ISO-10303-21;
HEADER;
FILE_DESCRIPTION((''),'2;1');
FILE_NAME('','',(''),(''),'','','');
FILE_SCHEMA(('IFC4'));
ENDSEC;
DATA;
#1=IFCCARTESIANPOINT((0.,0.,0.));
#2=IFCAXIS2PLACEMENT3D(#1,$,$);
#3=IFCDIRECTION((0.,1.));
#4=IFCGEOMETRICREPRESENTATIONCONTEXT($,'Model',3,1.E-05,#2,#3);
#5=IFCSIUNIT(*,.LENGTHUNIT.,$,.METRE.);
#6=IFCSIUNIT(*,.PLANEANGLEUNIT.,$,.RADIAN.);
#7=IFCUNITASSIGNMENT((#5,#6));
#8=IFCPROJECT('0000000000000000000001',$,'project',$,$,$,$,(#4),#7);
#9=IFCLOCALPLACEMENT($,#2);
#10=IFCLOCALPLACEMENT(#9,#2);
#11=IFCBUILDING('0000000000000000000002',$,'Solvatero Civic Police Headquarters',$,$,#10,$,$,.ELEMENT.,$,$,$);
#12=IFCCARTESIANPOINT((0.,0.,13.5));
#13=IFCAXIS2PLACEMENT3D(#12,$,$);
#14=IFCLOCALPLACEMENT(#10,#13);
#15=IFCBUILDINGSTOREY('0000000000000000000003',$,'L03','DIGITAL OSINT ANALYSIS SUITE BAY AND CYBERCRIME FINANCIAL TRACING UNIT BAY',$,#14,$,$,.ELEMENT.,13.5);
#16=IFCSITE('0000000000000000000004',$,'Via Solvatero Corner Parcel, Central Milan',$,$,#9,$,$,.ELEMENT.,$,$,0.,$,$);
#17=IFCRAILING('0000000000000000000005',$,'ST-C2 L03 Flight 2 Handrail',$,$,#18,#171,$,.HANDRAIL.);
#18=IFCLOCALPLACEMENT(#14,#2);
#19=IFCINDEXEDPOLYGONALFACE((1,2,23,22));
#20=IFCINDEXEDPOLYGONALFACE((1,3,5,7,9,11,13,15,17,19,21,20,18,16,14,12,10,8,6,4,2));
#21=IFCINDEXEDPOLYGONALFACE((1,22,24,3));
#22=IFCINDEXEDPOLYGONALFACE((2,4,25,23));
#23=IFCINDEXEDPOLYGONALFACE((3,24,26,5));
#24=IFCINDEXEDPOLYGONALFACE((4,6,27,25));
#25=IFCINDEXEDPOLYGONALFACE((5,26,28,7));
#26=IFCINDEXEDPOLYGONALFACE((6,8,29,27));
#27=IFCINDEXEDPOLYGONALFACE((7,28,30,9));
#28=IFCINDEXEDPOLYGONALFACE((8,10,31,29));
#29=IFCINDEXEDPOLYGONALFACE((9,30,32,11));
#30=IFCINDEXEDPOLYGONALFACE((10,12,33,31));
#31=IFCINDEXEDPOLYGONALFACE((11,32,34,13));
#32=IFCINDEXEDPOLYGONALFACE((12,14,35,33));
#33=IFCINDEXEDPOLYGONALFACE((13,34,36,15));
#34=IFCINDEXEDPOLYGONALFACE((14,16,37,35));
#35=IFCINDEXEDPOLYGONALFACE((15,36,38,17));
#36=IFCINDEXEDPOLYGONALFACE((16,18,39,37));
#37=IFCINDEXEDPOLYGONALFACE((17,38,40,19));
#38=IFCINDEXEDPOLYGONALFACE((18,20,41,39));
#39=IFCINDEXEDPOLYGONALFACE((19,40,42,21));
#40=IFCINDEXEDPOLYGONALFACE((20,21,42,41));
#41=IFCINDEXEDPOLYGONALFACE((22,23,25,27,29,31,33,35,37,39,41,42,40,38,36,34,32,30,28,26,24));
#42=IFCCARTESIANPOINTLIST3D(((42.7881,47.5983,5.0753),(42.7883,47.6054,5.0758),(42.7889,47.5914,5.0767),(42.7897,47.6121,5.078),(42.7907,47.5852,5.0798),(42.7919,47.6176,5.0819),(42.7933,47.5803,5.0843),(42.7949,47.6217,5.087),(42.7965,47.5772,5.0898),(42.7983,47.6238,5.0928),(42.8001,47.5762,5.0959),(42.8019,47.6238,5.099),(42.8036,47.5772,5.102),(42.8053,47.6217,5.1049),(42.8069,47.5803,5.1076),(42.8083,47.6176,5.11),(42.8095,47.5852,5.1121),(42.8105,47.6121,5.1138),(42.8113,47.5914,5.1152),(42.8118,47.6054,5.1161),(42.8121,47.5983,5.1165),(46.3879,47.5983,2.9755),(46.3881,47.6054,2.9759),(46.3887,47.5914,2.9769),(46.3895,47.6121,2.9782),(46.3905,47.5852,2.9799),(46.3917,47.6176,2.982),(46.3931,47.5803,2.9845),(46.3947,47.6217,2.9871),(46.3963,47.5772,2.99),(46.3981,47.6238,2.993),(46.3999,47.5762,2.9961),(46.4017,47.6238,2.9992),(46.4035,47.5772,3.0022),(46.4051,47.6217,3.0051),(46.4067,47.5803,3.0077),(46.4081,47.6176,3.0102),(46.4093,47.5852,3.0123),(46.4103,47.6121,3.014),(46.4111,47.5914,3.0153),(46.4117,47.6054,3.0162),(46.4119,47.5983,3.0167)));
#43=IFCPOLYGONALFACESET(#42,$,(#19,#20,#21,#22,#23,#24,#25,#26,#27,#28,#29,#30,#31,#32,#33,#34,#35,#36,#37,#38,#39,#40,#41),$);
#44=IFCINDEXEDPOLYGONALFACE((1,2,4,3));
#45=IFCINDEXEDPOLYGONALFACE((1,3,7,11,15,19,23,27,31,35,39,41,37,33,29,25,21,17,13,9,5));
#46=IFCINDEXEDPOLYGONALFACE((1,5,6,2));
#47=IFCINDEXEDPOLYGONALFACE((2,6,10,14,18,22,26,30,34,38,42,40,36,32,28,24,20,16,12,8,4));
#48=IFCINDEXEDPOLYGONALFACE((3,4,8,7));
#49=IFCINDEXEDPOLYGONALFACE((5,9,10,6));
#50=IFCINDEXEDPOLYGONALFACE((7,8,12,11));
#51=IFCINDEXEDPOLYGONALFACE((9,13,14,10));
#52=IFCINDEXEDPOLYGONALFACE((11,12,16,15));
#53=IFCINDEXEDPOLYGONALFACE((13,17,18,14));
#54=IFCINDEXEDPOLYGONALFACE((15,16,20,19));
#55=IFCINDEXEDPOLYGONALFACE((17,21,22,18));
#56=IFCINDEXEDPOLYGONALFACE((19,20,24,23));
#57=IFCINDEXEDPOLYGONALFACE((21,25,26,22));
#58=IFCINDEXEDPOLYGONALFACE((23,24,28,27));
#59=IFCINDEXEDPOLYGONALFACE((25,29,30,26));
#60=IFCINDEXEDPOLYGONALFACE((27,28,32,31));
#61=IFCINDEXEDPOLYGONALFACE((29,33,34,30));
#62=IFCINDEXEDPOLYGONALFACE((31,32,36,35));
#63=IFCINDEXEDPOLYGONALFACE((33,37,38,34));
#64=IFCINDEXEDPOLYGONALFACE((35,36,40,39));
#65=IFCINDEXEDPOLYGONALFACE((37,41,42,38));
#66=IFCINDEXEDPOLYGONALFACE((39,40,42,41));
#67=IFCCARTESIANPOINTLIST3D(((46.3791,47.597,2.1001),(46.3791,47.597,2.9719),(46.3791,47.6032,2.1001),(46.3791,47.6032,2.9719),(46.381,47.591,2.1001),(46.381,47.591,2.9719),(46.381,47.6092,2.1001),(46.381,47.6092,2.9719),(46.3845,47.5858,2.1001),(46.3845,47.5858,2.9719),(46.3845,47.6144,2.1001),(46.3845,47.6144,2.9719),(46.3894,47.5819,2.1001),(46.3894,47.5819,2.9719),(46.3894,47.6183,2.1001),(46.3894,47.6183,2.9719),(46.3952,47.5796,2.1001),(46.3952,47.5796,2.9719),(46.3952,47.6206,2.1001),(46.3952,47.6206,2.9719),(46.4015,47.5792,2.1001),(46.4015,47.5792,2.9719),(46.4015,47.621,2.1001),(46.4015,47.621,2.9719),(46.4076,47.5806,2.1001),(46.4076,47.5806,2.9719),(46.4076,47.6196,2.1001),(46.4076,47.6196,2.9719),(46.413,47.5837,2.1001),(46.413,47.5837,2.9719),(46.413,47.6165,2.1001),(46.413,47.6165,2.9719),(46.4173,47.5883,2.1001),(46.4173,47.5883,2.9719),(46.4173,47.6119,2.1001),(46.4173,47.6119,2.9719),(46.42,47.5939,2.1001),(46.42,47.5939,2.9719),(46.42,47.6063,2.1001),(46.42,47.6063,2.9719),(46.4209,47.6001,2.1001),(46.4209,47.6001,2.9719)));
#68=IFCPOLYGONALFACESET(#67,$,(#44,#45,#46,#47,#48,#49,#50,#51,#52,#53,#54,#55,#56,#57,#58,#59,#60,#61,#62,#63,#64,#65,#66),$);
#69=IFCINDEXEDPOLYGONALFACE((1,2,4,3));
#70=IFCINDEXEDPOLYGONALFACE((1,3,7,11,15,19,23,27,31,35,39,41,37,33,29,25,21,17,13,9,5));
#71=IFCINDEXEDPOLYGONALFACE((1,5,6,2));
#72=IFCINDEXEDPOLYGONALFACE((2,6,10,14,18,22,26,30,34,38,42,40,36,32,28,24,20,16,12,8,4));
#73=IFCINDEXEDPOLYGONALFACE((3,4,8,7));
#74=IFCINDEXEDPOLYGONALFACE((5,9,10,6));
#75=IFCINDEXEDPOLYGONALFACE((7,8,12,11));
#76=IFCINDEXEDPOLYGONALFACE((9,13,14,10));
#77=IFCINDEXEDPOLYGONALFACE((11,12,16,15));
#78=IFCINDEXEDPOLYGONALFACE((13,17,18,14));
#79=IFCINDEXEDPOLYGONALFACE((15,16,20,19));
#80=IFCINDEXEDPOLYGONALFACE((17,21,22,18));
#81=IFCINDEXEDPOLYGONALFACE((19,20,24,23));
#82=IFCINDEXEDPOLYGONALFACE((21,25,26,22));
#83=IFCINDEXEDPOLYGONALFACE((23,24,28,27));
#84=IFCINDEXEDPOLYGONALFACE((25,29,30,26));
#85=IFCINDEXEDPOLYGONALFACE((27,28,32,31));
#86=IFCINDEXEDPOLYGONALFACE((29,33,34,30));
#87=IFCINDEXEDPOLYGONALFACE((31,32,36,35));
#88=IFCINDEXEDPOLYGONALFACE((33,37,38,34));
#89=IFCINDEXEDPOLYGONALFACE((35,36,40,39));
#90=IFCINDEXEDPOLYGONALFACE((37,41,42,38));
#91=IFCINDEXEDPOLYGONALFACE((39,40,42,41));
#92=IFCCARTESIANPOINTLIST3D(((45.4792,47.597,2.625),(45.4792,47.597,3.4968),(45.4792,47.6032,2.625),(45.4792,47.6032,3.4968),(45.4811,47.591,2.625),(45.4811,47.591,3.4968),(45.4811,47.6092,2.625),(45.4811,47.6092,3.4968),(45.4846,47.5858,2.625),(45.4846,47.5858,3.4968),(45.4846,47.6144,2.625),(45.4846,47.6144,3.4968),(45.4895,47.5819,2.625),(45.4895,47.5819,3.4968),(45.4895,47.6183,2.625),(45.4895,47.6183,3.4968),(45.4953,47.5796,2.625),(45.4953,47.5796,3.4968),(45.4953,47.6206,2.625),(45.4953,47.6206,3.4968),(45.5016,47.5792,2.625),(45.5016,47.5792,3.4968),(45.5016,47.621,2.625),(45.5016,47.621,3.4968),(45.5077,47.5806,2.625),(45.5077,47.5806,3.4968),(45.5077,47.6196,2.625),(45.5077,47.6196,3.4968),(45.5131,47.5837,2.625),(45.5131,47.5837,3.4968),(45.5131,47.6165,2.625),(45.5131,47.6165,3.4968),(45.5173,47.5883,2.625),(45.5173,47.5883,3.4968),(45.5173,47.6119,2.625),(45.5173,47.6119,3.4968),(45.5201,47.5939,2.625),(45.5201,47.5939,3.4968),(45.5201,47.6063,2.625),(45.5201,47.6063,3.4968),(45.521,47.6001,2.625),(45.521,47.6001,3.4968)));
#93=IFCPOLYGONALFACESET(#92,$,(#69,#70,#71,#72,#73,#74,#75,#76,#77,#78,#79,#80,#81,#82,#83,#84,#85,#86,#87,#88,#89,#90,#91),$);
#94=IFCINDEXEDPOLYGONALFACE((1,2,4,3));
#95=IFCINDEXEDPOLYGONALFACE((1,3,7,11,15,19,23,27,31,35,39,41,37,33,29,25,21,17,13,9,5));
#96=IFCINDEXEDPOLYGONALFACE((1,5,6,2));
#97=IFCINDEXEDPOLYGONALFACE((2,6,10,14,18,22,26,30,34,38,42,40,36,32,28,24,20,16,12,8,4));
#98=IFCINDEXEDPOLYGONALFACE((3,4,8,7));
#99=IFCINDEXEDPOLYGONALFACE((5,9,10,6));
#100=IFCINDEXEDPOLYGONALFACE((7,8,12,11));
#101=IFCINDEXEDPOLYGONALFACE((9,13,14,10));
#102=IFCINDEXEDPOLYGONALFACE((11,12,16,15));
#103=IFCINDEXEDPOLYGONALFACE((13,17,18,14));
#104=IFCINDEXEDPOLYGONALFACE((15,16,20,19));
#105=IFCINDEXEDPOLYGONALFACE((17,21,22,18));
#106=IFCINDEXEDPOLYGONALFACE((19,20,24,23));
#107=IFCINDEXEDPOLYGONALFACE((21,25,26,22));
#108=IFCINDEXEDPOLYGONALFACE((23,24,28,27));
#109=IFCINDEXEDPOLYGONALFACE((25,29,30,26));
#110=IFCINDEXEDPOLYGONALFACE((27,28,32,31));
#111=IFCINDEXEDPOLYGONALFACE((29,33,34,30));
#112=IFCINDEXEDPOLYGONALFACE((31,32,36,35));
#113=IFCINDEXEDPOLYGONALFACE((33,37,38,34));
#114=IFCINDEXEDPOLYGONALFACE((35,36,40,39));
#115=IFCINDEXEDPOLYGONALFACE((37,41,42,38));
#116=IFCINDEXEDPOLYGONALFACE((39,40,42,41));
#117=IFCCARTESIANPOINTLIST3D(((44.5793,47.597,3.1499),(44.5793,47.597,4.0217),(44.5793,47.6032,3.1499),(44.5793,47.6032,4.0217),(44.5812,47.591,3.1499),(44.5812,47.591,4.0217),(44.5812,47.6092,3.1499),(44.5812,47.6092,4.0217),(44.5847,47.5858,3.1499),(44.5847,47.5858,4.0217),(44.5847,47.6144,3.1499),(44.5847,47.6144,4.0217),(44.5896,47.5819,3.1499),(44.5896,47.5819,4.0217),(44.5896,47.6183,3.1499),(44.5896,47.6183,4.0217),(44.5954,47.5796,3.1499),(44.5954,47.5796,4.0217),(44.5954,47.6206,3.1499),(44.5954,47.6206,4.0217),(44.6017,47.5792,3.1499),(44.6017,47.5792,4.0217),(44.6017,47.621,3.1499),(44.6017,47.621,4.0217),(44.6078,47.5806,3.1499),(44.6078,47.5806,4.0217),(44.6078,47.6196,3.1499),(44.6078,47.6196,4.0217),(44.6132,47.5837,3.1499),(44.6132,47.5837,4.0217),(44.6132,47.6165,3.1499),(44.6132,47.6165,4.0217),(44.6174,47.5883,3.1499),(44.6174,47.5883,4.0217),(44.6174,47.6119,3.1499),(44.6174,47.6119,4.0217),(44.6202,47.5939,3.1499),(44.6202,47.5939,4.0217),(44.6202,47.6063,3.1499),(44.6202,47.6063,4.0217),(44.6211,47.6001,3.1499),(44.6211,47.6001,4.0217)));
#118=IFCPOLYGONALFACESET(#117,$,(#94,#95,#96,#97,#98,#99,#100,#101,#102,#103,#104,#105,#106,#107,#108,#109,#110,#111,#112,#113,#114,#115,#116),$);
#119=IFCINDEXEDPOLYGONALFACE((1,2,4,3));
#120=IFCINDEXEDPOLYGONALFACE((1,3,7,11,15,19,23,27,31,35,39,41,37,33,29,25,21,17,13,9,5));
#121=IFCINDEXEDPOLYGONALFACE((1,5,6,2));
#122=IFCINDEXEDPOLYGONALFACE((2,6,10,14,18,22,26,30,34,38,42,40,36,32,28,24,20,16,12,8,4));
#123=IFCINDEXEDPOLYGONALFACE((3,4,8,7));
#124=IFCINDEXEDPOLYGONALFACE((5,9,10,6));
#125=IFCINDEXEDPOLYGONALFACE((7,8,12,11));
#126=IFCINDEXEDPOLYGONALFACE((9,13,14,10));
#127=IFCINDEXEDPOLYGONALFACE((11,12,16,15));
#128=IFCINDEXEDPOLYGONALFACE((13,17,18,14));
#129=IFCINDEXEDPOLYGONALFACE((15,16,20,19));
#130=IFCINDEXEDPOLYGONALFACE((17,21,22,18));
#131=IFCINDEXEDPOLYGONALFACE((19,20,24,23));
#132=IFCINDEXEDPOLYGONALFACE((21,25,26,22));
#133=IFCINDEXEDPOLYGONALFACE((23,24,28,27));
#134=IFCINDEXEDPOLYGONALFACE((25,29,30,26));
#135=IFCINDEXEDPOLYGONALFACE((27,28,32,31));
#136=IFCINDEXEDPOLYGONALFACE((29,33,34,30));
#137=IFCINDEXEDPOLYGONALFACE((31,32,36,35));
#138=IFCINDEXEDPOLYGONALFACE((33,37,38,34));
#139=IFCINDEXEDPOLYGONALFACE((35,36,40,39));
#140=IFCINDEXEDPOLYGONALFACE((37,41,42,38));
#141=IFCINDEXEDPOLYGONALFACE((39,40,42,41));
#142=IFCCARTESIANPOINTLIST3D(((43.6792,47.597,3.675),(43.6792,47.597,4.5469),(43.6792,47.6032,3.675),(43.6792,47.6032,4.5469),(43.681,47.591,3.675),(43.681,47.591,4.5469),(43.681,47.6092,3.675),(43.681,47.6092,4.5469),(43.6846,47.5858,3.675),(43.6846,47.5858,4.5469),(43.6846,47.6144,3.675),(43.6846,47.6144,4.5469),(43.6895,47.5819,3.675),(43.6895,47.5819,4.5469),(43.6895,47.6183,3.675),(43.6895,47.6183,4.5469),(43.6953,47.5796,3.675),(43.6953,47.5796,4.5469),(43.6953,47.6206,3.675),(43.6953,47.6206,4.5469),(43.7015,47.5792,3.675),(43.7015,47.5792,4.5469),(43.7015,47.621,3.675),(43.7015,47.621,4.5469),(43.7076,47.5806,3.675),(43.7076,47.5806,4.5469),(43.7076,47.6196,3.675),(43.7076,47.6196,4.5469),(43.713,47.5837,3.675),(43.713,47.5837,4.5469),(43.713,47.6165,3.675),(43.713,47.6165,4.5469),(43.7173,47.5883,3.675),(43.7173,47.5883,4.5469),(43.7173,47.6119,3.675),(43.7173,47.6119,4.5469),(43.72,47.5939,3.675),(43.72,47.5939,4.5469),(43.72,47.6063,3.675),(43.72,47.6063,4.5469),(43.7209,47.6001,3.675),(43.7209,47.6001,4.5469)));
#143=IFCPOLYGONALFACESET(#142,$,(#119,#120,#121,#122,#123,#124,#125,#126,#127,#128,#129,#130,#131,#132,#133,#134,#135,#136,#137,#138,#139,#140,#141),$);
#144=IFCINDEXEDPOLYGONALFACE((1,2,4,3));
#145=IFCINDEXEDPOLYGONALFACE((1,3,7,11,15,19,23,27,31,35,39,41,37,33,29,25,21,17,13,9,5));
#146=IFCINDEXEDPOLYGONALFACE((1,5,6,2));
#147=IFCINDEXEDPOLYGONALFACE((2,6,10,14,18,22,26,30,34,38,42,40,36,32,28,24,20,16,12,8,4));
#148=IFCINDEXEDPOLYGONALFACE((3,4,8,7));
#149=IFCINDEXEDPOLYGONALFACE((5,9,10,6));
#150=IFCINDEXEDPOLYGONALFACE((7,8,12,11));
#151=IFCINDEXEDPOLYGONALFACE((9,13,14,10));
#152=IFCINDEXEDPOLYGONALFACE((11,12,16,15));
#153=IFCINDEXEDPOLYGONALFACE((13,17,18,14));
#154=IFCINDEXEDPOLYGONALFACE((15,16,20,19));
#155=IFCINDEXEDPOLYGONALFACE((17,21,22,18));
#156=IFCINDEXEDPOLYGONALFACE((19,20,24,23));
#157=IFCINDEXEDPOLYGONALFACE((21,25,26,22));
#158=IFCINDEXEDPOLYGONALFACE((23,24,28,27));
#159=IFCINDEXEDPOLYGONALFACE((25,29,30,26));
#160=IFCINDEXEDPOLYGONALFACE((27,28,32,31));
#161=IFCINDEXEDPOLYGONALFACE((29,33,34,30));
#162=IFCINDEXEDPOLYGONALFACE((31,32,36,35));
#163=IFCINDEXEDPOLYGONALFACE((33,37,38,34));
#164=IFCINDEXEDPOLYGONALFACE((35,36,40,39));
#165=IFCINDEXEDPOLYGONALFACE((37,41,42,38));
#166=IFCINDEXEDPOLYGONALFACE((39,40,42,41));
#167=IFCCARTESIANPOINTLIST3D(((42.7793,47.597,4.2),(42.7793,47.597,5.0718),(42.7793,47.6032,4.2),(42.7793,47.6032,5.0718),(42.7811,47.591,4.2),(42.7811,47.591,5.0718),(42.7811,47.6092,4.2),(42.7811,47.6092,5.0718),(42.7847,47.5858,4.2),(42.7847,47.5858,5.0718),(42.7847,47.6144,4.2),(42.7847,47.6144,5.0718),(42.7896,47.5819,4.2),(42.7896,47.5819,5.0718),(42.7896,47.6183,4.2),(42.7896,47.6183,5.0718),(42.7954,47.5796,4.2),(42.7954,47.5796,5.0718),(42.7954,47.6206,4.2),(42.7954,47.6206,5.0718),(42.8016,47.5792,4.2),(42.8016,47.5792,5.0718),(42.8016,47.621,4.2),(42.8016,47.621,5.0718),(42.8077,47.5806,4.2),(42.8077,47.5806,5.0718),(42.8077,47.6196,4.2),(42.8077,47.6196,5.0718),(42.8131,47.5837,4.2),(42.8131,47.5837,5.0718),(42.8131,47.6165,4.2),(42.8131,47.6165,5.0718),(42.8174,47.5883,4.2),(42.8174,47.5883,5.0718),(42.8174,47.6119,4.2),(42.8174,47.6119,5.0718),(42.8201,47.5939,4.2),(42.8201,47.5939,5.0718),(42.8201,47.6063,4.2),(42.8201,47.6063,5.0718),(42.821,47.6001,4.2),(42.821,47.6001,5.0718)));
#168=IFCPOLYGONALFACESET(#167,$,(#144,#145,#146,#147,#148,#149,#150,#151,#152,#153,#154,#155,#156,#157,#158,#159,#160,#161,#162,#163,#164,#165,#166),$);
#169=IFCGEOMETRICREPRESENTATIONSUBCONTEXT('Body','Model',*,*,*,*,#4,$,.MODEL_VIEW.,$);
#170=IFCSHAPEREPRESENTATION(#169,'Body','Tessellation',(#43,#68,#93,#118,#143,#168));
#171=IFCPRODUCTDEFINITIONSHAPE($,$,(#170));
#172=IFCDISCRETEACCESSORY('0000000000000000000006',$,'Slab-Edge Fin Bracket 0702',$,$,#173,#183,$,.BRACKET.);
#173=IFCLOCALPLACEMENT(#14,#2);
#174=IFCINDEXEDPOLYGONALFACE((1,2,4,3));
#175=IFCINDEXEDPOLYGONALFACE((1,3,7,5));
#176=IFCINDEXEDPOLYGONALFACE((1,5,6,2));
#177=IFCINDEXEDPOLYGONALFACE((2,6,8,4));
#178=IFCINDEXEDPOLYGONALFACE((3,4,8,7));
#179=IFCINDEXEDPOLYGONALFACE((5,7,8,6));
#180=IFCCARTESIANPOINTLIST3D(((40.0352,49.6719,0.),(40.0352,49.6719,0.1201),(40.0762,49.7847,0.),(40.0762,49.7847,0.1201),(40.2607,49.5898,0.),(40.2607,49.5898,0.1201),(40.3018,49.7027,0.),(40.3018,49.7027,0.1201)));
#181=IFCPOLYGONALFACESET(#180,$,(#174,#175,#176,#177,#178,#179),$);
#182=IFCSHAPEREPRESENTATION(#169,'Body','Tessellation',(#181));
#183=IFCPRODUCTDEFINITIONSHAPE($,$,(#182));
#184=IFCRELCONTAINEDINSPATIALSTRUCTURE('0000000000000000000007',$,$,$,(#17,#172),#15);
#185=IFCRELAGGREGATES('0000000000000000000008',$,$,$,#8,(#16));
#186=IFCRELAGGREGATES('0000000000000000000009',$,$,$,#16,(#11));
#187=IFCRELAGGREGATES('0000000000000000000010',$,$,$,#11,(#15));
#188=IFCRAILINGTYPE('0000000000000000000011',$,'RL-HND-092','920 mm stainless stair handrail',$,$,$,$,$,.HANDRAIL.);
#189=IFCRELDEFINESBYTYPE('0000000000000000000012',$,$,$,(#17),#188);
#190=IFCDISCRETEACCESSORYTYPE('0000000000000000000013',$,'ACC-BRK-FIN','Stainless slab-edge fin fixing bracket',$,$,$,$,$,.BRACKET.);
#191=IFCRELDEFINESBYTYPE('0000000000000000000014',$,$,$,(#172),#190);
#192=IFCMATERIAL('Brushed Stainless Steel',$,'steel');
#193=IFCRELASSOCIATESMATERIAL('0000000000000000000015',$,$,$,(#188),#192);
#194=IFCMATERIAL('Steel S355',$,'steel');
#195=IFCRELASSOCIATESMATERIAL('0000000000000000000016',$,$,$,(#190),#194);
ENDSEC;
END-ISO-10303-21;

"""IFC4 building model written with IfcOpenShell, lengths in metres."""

from ifc_helpers import new_model, si_unit, direction, frame, origin, origin_2d, place, context, subcontext, project, spatial, rectangle, circle, extrude, material, type_object, element, save


model = new_model("IFC4")

# Units and contexts
model_context = context("Model", 3, precision=1e-05, world=origin(), true_north=direction((0.0, 1.0)))
body_context = subcontext(model_context, "Body", "Model", "MODEL_VIEW")
ifc_project = project(units=[si_unit("LENGTHUNIT", "METRE"), si_unit("PLANEANGLEUNIT", "RADIAN")], contexts=[model_context])

# Site, building, storey
site_placement = place(None, origin())
site = spatial("IfcSite", under=ifc_project, at=site_placement, Name="Via Solvatero Corner Parcel, Central Milan", CompositionType="ELEMENT", RefElevation=0.0)
building_placement = place(site_placement, origin())
building = spatial("IfcBuilding", under=site, at=building_placement, Name="Solvatero Civic Police Headquarters", CompositionType="ELEMENT")
storey_placement = place(building_placement, frame((0.0, 0.0, 13.5)))
storey = spatial("IfcBuildingStorey", under=building, at=storey_placement, Name="L03", Description="DIGITAL OSINT ANALYSIS SUITE BAY AND CYBERCRIME FINANCIAL TRACING UNIT BAY", CompositionType="ELEMENT", Elevation=13.5)

# Shared definitions
ifc_material_1 = material(Name="Steel S355", Category="steel")

# Railing
ifc_material_2 = material(Name="Brushed Stainless Steel", Category="steel")
railing_type_1 = type_object("IfcRailingType", Name="RL-HND-092", Description="920 mm stainless stair handrail", PredefinedType="HANDRAIL", material=ifc_material_2)
railing_1_placement = place(storey_placement, frame((46.3999, 47.6001, 2.1001)))
element("IfcRailing", 1, at=railing_1_placement, inside=storey, type_object=railing_type_1, Name="ST-C2 L03 Flight 2 Handrail", PredefinedType="HANDRAIL", context=body_context, shape_type="SweptSolid", body=[
    extrude(circle(Radius=0.0239, at=origin_2d()), frame((0.0, 0.0, 0.896), z_axis=(-0.863785, 0.0, 0.50386), x_axis=(0.0, -1.0, 0.0)), (0.0, 0.0, 1.0), 4.1675),
    extrude(circle(Radius=0.021, at=origin_2d()), origin(), (0.0, 0.0, 1.0), 0.8718),
    extrude(circle(Radius=0.021, at=origin_2d()), frame((-0.8999, 0.0, 0.5249)), (0.0, 0.0, 1.0), 0.8718),
    extrude(circle(Radius=0.021, at=origin_2d()), frame((-1.7998, 0.0, 1.0498)), (0.0, 0.0, 1.0), 0.8718),
    extrude(circle(Radius=0.021, at=origin_2d()), frame((-2.7, 0.0, 1.575)), (0.0, 0.0, 1.0), 0.8718),
    extrude(circle(Radius=0.021, at=origin_2d()), frame((-3.5999, 0.0, 2.0999)), (0.0, 0.0, 1.0), 0.8718),
])

# Discrete accessory
discrete_accessory_type = type_object("IfcDiscreteAccessoryType", Name="ACC-BRK-FIN", Description="Stainless slab-edge fin fixing bracket", PredefinedType="BRACKET", material=ifc_material_1)
discrete_accessory_placement = place(storey_placement, frame((40.1685, 49.6873, 0.0), z_axis=(0.0, 0.0, 1.0), x_axis=(-0.34202, -0.939693, 0.0)))
element("IfcDiscreteAccessory", 2, at=discrete_accessory_placement, inside=storey, type_object=discrete_accessory_type, Name="Slab-Edge Fin Bracket 0702", PredefinedType="BRACKET", context=body_context, shape_type="SweptSolid", body=[
    extrude(rectangle(XDim=0.1201, YDim=0.24, at=origin_2d()), origin(), (0.0, 0.0, 1.0), 0.1201),
])

save(model, "model.ifc")
